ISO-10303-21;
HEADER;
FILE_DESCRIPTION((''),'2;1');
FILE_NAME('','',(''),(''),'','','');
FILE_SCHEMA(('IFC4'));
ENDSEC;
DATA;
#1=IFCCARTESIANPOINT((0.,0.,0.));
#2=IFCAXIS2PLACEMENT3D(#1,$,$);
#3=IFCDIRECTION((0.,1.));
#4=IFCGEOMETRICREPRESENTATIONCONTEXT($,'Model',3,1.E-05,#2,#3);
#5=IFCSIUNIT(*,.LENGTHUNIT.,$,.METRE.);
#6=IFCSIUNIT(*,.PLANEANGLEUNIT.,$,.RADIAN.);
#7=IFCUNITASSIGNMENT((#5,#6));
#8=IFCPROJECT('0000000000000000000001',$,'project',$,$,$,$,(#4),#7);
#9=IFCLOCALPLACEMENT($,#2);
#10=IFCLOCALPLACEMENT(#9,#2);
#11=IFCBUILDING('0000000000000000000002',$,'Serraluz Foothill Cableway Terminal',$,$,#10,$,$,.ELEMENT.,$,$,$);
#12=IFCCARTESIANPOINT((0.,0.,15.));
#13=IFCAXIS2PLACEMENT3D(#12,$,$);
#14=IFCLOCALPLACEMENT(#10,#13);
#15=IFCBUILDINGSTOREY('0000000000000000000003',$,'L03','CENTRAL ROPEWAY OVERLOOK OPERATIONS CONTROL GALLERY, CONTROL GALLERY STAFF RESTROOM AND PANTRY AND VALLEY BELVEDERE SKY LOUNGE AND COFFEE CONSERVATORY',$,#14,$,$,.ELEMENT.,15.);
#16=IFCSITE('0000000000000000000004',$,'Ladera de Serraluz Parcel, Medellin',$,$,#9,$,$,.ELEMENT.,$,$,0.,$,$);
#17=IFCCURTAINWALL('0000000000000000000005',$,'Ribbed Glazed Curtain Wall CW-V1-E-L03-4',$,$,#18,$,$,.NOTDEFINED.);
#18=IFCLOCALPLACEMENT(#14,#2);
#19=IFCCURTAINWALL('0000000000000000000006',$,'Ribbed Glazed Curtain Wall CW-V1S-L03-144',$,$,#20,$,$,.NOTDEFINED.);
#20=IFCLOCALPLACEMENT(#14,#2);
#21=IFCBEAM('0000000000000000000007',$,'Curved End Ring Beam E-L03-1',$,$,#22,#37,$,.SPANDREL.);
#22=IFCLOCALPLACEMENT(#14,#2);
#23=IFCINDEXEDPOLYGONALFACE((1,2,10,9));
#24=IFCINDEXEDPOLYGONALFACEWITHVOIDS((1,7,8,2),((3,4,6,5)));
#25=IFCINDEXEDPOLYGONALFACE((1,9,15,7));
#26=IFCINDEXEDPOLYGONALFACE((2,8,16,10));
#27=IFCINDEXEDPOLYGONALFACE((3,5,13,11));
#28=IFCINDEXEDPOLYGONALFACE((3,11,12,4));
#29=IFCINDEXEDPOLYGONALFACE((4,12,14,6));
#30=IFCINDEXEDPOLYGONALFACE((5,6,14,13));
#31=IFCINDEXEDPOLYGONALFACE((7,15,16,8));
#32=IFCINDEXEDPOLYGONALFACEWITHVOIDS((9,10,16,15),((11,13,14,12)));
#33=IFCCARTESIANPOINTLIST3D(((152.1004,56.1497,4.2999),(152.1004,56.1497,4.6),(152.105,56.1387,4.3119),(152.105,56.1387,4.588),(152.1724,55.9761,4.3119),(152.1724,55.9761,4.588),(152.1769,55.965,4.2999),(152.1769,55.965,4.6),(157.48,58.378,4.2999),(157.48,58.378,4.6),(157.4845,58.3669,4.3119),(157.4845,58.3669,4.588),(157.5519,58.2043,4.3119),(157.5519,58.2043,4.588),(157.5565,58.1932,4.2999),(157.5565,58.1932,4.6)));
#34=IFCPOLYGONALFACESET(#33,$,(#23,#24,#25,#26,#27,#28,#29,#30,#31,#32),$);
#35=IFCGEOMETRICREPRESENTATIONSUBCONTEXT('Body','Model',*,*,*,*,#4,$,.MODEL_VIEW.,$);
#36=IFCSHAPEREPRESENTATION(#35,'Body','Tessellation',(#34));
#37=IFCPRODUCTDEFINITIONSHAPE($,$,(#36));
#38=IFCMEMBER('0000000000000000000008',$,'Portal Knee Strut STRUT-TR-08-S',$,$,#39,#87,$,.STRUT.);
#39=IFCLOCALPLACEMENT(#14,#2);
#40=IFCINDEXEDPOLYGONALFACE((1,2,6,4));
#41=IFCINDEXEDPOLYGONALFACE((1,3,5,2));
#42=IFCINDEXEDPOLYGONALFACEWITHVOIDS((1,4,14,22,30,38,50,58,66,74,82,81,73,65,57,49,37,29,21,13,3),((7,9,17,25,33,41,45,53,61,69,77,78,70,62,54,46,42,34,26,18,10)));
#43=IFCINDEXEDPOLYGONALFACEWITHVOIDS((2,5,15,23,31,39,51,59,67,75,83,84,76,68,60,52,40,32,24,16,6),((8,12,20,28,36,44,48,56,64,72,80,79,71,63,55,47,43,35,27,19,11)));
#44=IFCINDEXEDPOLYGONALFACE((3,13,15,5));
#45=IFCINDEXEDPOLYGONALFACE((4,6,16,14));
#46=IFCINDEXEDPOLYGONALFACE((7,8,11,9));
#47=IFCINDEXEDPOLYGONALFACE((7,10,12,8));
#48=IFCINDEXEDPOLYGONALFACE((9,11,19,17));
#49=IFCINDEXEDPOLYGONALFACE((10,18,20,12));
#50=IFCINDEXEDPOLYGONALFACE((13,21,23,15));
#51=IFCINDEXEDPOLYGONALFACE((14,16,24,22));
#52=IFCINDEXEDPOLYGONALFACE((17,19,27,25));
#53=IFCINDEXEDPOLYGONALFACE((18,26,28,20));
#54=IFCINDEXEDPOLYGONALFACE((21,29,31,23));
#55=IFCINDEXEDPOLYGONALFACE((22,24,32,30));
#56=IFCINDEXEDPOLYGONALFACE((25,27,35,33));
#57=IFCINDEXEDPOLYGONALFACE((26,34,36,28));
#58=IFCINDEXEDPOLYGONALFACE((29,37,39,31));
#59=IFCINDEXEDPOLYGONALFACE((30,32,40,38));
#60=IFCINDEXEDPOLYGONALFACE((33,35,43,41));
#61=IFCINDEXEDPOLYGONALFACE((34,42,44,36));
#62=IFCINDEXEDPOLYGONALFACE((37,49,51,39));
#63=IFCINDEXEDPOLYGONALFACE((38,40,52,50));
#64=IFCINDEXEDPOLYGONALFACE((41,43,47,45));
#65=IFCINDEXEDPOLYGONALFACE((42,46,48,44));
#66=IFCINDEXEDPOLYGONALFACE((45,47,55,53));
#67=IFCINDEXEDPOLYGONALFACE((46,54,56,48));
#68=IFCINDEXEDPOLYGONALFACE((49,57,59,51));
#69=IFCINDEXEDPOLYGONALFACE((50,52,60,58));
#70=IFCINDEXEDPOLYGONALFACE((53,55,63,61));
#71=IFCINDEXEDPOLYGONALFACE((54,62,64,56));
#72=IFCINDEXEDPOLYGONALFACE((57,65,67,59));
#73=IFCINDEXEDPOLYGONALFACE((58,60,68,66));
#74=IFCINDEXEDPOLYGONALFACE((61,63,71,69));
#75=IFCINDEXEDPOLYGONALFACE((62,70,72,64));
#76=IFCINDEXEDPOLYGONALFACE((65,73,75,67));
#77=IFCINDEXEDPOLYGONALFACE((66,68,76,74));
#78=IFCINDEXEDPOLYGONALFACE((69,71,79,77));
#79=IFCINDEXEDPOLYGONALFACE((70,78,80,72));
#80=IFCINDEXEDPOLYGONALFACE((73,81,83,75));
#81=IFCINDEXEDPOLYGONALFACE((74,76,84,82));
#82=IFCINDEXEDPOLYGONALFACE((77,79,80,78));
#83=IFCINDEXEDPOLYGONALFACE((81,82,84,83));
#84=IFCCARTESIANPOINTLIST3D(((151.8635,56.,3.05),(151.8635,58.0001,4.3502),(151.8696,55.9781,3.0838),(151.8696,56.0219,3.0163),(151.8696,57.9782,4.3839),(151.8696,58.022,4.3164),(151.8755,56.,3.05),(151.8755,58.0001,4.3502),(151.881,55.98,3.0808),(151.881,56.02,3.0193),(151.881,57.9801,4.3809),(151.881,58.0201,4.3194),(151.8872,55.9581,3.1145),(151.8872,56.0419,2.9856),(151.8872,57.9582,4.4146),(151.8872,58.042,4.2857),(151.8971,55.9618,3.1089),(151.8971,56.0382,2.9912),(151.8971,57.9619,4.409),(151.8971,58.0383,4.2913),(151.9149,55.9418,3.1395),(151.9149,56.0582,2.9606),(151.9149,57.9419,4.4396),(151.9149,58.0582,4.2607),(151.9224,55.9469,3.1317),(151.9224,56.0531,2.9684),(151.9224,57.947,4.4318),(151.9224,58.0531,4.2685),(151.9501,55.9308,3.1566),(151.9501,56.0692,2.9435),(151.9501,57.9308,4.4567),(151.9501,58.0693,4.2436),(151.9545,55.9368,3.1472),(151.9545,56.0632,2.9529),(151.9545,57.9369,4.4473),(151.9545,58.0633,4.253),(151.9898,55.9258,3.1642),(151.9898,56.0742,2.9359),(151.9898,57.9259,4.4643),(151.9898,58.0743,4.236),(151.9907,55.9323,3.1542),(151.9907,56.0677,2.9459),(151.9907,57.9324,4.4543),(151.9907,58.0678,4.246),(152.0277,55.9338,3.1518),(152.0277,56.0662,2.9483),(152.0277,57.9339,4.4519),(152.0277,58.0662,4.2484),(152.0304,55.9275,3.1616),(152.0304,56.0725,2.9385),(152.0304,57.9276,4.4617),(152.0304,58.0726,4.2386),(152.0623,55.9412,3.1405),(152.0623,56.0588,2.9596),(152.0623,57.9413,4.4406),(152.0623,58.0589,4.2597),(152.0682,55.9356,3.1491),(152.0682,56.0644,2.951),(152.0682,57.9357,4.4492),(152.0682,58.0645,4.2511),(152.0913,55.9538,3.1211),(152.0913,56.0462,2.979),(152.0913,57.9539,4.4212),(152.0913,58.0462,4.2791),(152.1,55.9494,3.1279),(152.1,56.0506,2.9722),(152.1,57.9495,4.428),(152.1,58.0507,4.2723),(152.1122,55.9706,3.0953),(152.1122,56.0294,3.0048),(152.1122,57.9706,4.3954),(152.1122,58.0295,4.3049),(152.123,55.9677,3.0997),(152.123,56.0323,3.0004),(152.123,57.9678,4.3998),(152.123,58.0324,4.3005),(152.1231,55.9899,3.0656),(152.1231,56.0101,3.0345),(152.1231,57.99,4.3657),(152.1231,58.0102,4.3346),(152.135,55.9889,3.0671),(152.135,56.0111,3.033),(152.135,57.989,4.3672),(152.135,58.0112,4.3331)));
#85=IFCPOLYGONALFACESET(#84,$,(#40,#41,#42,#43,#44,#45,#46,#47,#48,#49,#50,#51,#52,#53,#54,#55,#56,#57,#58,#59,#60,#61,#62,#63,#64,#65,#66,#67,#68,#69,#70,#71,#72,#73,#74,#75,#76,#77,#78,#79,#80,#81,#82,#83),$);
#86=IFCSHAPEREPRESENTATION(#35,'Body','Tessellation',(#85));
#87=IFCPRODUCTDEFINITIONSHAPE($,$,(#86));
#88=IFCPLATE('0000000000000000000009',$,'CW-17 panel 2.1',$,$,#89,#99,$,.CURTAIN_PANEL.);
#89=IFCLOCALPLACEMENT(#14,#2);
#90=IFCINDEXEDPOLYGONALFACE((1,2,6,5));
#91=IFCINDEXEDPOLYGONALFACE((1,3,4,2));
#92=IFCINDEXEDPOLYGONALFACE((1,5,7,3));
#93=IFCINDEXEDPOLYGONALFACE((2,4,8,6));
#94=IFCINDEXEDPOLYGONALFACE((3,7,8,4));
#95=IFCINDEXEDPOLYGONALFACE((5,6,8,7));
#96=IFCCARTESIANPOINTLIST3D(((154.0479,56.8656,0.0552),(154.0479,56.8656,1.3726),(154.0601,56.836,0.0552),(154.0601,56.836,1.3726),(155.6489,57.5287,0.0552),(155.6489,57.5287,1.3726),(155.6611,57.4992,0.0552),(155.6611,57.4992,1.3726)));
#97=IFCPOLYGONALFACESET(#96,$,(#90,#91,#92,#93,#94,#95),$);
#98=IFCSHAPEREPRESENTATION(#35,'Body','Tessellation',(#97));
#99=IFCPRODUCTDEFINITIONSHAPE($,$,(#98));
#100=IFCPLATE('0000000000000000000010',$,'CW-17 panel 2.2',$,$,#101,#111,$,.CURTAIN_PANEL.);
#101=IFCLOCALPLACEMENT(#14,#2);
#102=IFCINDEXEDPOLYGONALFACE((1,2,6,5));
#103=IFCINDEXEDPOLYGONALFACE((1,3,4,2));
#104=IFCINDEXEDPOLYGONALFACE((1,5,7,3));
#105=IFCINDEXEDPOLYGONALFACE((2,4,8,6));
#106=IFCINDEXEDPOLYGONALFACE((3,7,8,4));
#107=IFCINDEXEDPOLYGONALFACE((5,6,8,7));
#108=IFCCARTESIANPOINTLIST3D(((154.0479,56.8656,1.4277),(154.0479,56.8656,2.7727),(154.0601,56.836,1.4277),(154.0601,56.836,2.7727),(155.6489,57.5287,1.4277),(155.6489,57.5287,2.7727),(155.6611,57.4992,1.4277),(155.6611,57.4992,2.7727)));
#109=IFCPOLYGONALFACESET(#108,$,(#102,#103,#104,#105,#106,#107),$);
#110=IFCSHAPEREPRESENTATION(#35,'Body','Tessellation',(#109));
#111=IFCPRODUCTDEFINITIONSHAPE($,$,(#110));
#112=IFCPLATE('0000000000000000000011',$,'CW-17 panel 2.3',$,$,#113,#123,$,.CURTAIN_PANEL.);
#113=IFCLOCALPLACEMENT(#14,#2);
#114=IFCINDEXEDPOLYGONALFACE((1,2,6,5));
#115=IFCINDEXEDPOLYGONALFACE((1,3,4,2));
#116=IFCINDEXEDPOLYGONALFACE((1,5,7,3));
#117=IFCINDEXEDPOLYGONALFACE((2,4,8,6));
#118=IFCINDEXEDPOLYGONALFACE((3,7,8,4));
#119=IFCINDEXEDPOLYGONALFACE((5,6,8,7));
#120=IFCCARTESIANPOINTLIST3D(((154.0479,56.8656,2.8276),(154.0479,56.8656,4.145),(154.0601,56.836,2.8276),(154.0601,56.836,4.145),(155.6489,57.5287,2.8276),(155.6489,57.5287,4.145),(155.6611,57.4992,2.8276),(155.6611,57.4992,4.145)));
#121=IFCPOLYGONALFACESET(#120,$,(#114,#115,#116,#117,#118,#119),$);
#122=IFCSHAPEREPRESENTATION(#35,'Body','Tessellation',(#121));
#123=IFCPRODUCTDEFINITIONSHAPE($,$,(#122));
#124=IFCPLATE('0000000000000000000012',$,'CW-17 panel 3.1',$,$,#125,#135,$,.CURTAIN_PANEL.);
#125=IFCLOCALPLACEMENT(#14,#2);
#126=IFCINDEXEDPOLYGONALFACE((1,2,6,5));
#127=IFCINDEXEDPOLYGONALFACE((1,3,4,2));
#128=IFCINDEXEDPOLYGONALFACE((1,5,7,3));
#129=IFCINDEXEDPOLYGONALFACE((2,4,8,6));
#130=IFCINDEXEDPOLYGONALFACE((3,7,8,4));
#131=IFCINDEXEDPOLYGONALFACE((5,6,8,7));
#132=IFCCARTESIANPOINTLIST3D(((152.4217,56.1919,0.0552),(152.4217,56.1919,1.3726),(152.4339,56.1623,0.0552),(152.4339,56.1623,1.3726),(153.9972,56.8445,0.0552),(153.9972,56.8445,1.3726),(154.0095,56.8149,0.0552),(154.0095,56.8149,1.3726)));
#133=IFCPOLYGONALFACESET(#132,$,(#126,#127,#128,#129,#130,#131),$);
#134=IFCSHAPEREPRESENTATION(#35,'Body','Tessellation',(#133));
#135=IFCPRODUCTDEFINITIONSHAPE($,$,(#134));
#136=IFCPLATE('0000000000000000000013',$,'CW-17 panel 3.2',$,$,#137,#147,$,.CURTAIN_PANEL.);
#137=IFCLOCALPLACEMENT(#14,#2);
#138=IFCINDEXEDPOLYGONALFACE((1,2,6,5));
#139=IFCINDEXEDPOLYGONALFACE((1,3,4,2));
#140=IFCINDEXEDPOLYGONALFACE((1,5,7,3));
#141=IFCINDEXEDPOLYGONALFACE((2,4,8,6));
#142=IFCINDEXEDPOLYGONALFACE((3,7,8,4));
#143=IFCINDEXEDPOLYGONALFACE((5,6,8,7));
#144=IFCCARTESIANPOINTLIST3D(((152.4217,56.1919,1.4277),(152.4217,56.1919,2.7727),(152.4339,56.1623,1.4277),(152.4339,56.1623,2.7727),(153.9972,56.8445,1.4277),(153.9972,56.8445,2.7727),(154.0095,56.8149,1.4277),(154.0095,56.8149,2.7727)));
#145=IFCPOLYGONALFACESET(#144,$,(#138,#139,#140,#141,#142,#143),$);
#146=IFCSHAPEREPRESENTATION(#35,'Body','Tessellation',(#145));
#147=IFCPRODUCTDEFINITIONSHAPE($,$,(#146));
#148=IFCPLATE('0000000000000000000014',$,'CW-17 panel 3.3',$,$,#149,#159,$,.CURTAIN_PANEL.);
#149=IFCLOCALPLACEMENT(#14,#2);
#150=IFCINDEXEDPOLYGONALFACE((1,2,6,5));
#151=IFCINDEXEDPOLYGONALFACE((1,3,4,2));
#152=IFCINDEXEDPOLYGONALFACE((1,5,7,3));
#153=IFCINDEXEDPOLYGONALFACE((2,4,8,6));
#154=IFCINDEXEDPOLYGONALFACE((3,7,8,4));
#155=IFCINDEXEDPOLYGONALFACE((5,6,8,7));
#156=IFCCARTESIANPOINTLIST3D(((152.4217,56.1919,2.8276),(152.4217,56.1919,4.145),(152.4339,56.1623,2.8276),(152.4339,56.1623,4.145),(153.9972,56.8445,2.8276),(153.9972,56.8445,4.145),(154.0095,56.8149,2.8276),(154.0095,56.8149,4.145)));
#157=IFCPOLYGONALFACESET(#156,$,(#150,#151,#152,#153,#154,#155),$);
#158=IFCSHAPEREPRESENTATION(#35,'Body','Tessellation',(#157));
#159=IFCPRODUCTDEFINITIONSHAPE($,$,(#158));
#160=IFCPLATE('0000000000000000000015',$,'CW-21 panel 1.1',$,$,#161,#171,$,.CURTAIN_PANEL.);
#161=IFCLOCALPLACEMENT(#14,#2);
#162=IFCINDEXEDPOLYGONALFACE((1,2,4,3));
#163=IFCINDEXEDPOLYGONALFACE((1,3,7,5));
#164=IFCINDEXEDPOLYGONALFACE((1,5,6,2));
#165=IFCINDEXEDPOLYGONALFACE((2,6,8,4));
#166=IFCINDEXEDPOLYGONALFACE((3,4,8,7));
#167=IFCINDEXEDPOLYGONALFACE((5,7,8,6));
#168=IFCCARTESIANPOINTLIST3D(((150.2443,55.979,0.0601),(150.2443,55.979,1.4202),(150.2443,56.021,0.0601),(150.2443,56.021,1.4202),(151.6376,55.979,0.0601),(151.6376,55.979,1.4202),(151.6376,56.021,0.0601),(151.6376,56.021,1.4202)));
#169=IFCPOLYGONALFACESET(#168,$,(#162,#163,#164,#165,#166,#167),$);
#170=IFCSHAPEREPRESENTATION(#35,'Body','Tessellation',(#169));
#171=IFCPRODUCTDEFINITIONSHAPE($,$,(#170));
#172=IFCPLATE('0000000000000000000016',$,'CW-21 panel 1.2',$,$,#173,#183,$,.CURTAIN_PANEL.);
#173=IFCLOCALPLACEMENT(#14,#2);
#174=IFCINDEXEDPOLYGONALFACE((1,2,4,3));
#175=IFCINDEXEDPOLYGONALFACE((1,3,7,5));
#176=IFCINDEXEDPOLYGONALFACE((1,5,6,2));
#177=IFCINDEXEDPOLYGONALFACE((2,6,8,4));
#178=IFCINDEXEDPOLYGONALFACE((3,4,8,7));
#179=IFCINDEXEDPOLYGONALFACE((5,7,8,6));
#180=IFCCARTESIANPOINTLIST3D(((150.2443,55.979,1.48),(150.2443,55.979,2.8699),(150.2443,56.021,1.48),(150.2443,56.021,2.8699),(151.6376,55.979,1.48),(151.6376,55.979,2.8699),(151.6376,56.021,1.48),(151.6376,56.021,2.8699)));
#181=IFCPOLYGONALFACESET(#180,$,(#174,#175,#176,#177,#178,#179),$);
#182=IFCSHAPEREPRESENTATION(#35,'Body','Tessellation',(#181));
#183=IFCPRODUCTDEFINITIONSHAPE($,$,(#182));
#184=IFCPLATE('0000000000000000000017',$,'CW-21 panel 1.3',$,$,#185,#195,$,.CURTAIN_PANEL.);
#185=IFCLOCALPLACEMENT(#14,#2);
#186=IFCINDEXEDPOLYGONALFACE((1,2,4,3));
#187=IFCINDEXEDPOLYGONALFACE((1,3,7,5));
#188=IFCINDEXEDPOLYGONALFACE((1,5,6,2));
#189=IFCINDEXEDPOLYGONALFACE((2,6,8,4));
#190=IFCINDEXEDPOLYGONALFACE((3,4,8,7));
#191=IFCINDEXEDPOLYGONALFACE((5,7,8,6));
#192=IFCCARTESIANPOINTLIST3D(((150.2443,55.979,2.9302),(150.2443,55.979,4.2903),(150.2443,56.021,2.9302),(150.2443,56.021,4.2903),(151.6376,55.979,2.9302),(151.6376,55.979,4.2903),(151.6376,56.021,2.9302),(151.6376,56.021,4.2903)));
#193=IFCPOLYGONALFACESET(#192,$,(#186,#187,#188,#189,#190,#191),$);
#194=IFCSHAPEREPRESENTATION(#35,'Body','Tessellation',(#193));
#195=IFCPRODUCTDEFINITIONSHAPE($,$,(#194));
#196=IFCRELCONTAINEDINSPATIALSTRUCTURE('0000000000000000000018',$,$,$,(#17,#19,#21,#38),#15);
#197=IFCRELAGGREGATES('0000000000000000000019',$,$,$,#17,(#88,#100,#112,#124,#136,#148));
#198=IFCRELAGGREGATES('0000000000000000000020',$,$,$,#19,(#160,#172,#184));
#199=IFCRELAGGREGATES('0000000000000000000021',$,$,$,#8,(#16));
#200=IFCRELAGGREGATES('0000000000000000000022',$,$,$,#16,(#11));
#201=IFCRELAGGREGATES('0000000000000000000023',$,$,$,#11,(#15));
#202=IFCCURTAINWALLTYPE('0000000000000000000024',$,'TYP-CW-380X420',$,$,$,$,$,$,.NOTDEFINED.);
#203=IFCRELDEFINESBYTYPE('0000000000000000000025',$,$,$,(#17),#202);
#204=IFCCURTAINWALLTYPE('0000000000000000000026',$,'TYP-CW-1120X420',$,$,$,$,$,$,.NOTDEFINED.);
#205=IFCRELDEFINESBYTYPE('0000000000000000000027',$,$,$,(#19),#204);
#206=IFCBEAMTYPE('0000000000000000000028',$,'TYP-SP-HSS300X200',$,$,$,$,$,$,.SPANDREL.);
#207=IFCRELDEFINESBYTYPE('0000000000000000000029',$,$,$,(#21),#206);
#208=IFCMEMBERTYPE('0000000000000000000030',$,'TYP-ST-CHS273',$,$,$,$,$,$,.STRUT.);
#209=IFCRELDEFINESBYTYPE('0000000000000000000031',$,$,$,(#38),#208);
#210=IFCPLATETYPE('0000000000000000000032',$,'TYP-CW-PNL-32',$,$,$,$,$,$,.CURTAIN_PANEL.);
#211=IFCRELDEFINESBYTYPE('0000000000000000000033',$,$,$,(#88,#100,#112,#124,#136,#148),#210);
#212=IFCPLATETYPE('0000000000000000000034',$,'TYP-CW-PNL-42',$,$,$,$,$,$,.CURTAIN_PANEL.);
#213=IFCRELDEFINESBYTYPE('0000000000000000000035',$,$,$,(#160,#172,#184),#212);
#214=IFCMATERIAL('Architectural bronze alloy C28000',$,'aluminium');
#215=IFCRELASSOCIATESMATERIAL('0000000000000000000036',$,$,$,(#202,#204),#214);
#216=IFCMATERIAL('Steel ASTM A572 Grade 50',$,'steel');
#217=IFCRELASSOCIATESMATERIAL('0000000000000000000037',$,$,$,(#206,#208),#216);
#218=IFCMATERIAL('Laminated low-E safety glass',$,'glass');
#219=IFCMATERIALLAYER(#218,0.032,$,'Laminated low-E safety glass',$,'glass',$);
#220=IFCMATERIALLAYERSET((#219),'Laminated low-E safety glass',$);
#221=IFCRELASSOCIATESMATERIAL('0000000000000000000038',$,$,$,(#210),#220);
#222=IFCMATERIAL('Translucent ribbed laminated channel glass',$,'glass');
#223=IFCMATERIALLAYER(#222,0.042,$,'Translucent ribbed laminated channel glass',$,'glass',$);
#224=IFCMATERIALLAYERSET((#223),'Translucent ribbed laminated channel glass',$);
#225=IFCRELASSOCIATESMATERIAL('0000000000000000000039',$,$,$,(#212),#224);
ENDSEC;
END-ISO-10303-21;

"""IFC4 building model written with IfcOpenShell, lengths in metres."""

from ifc_helpers import new_model, si_unit, direction, frame, origin, origin_2d, place, context, subcontext, project, spatial, rectangle, hollow_rectangle, hollow_circle, extrude, material, layer, layer_set, material_profile, profile_set, type_object, element, aggregate, save


model = new_model("IFC4")

# Units and contexts
model_context = context("Model", 3, precision=1e-05, world=origin(), true_north=direction((0.0, 1.0)))
body_context = subcontext(model_context, "Body", "Model", "MODEL_VIEW")
ifc_project = project(units=[si_unit("LENGTHUNIT", "METRE"), si_unit("PLANEANGLEUNIT", "RADIAN")], contexts=[model_context])

# Site, building, storey
site_placement = place(None, origin())
site = spatial("IfcSite", under=ifc_project, at=site_placement, Name="Ladera de Serraluz Parcel, Medellin", CompositionType="ELEMENT", RefElevation=0.0)
building_placement = place(site_placement, origin())
building = spatial("IfcBuilding", under=site, at=building_placement, Name="Serraluz Foothill Cableway Terminal", CompositionType="ELEMENT")
storey_placement = place(building_placement, frame((0.0, 0.0, 15.0)))
storey = spatial("IfcBuildingStorey", under=building, at=storey_placement, Name="L03", Description="CENTRAL ROPEWAY OVERLOOK OPERATIONS CONTROL GALLERY, CONTROL GALLERY STAFF RESTROOM AND PANTRY AND VALLEY BELVEDERE SKY LOUNGE AND COFFEE CONSERVATORY", CompositionType="ELEMENT", Elevation=15.0)

# Curtain walls
ifc_material_1 = material(Name="Architectural bronze alloy C28000", Category="aluminium")
curtain_wall_type_1 = type_object("IfcCurtainWallType", Name="TYP-CW-380X420", PredefinedType="NOTDEFINED", material=ifc_material_1)
curtain_wall_1_placement = place(storey_placement, origin())
curtain_wall_1 = element("IfcCurtainWall", 1, at=curtain_wall_1_placement, inside=storey, type_object=curtain_wall_type_1, Name="Ribbed Glazed Curtain Wall CW-V1-E-L03-4", PredefinedType="NOTDEFINED")
curtain_wall_type_2 = type_object("IfcCurtainWallType", Name="TYP-CW-1120X420", PredefinedType="NOTDEFINED", material=ifc_material_1)
curtain_wall_2_placement = place(storey_placement, origin())
curtain_wall_2 = element("IfcCurtainWall", 2, at=curtain_wall_2_placement, inside=storey, type_object=curtain_wall_type_2, Name="Ribbed Glazed Curtain Wall CW-V1S-L03-144", PredefinedType="NOTDEFINED")

# Beam
ifc_material_2 = material(Name="Steel ASTM A572 Grade 50", Category="steel")
ifc_material_profile_1 = material_profile(ifc_material_2, hollow_rectangle(XDim=0.2, YDim=0.3, WallThickness=0.012, at=origin_2d()), Name="HSS300X200X12")
ifc_profile_set_1 = profile_set([ifc_material_profile_1], Name="Steel ASTM A572 Grade 50")
beam_type_1 = type_object("IfcBeamType", Name="TYP-SP-HSS300X200", PredefinedType="SPANDREL", material=ifc_profile_set_1)
beam_1_placement = place(storey_placement, frame((152.1387, 56.0574, 4.45), z_axis=(0.923882, 0.382676, 0.0), x_axis=(-0.382676, 0.923882, 0.0)))
element("IfcBeam", 3, at=beam_1_placement, inside=storey, type_object=beam_type_1, Name="Curved End Ring Beam E-L03-1", PredefinedType="SPANDREL", context=body_context, shape_type="SweptSolid", body=[
    extrude(hollow_rectangle(XDim=0.2, YDim=0.3, WallThickness=0.012, at=origin_2d()), origin(), (0.0, 0.0, 1.0), 5.8228),
])

# Member
ifc_material_profile_2 = material_profile(ifc_material_2, hollow_circle(Radius=0.1365, WallThickness=0.012, at=origin_2d()), Name="CHS273X12")
ifc_profile_set_2 = profile_set([ifc_material_profile_2], Name="Steel ASTM A572 Grade 50")
member_type_1 = type_object("IfcMemberType", Name="TYP-ST-CHS273", PredefinedType="STRUT", material=ifc_profile_set_2)
member_1_placement = place(storey_placement, frame((152.0, 56.0, 3.05), z_axis=(0.0, 0.838434, 0.545003), x_axis=(-1.0, 0.0, 0.0)))
element("IfcMember", 4, at=member_1_placement, inside=storey, type_object=member_type_1, Name="Portal Knee Strut STRUT-TR-08-S", PredefinedType="STRUT", context=body_context, shape_type="SweptSolid", body=[
    extrude(hollow_circle(Radius=0.1365, WallThickness=0.012, at=origin_2d()), origin(), (0.0, 0.0, 1.0), 2.3855),
])

# Plates
ifc_material_3 = material(Name="Laminated low-E safety glass", Category="glass")
ifc_layer_1 = layer(ifc_material_3, 0.032, Name="Laminated low-E safety glass", Category="glass")
ifc_layer_set_1 = layer_set([ifc_layer_1], Name="Laminated low-E safety glass")
plate_type_1 = type_object("IfcPlateType", Name="TYP-CW-PNL-32", PredefinedType="CURTAIN_PANEL", material=ifc_layer_set_1)
plate_1_placement = place(storey_placement, frame((154.8545, 57.1824, 0.0552), z_axis=(0.0, 0.0, 1.0), x_axis=(-0.92388, -0.382682, 0.0)))
plate_1 = element("IfcPlate", 5, at=plate_1_placement, type_object=plate_type_1, Name="CW-17 panel 2.1", PredefinedType="CURTAIN_PANEL", context=body_context, shape_type="SweptSolid", body=[
    extrude(rectangle(XDim=1.7329, YDim=0.032, at=origin_2d()), origin(), (0.0, 0.0, 1.0), 1.3174),
])
plate_2_placement = place(storey_placement, frame((154.8545, 57.1824, 1.4277), z_axis=(0.0, 0.0, 1.0), x_axis=(-0.92388, -0.382682, 0.0)))
plate_2 = element("IfcPlate", 6, at=plate_2_placement, type_object=plate_type_1, Name="CW-17 panel 2.2", PredefinedType="CURTAIN_PANEL", context=body_context, shape_type="SweptSolid", body=[
    extrude(rectangle(XDim=1.7329, YDim=0.032, at=origin_2d()), origin(), (0.0, 0.0, 1.0), 1.345),
])
plate_3_placement = place(storey_placement, frame((154.8545, 57.1824, 2.8276), z_axis=(0.0, 0.0, 1.0), x_axis=(-0.92388, -0.382682, 0.0)))
plate_3 = element("IfcPlate", 7, at=plate_3_placement, type_object=plate_type_1, Name="CW-17 panel 2.3", PredefinedType="CURTAIN_PANEL", context=body_context, shape_type="SweptSolid", body=[
    extrude(rectangle(XDim=1.7329, YDim=0.032, at=origin_2d()), origin(), (0.0, 0.0, 1.0), 1.3174),
])
plate_4_placement = place(storey_placement, frame((153.2156, 56.5034, 0.0552), z_axis=(0.0, 0.0, 1.0), x_axis=(-0.92388, -0.382682, 0.0)))
plate_4 = element("IfcPlate", 8, at=plate_4_placement, type_object=plate_type_1, Name="CW-17 panel 3.1", PredefinedType="CURTAIN_PANEL", context=body_context, shape_type="SweptSolid", body=[
    extrude(rectangle(XDim=1.7053, YDim=0.032, at=origin_2d()), origin(), (0.0, 0.0, 1.0), 1.3174),
])
plate_5_placement = place(storey_placement, frame((153.2156, 56.5034, 1.4277), z_axis=(0.0, 0.0, 1.0), x_axis=(-0.92388, -0.382682, 0.0)))
plate_5 = element("IfcPlate", 9, at=plate_5_placement, type_object=plate_type_1, Name="CW-17 panel 3.2", PredefinedType="CURTAIN_PANEL", context=body_context, shape_type="SweptSolid", body=[
    extrude(rectangle(XDim=1.7053, YDim=0.032, at=origin_2d()), origin(), (0.0, 0.0, 1.0), 1.345),
])
plate_6_placement = place(storey_placement, frame((153.2156, 56.5034, 2.8276), z_axis=(0.0, 0.0, 1.0), x_axis=(-0.92388, -0.382682, 0.0)))
plate_6 = element("IfcPlate", 10, at=plate_6_placement, type_object=plate_type_1, Name="CW-17 panel 3.3", PredefinedType="CURTAIN_PANEL", context=body_context, shape_type="SweptSolid", body=[
    extrude(rectangle(XDim=1.7053, YDim=0.032, at=origin_2d()), origin(), (0.0, 0.0, 1.0), 1.3174),
])
aggregate(curtain_wall_1, [plate_1, plate_2, plate_3, plate_4, plate_5, plate_6])
ifc_material_4 = material(Name="Translucent ribbed laminated channel glass", Category="glass")
ifc_layer_2 = layer(ifc_material_4, 0.042, Name="Translucent ribbed laminated channel glass", Category="glass")
ifc_layer_set_2 = layer_set([ifc_layer_2], Name="Translucent ribbed laminated channel glass")
plate_type_2 = type_object("IfcPlateType", Name="TYP-CW-PNL-42", PredefinedType="CURTAIN_PANEL", material=ifc_layer_set_2)
plate_7_placement = place(storey_placement, frame((150.9409, 56.0, 0.0601), z_axis=(0.0, 0.0, 1.0), x_axis=(-1.0, 0.0, 0.0)))
plate_7 = element("IfcPlate", 11, at=plate_7_placement, type_object=plate_type_2, Name="CW-21 panel 1.1", PredefinedType="CURTAIN_PANEL", context=body_context, shape_type="SweptSolid", body=[
    extrude(rectangle(XDim=1.3933, YDim=0.042, at=origin_2d()), origin(), (0.0, 0.0, 1.0), 1.3601),
])
plate_8_placement = place(storey_placement, frame((150.9409, 56.0, 1.48), z_axis=(0.0, 0.0, 1.0), x_axis=(-1.0, 0.0, 0.0)))
plate_8 = element("IfcPlate", 12, at=plate_8_placement, type_object=plate_type_2, Name="CW-21 panel 1.2", PredefinedType="CURTAIN_PANEL", context=body_context, shape_type="SweptSolid", body=[
    extrude(rectangle(XDim=1.3933, YDim=0.042, at=origin_2d()), origin(), (0.0, 0.0, 1.0), 1.3899),
])
plate_9_placement = place(storey_placement, frame((150.9409, 56.0, 2.9302), z_axis=(0.0, 0.0, 1.0), x_axis=(-1.0, 0.0, 0.0)))
plate_9 = element("IfcPlate", 13, at=plate_9_placement, type_object=plate_type_2, Name="CW-21 panel 1.3", PredefinedType="CURTAIN_PANEL", context=body_context, shape_type="SweptSolid", body=[
    extrude(rectangle(XDim=1.3933, YDim=0.042, at=origin_2d()), origin(), (0.0, 0.0, 1.0), 1.3601),
])
aggregate(curtain_wall_2, [plate_7, plate_8, plate_9])

save(model, "model.ifc")
